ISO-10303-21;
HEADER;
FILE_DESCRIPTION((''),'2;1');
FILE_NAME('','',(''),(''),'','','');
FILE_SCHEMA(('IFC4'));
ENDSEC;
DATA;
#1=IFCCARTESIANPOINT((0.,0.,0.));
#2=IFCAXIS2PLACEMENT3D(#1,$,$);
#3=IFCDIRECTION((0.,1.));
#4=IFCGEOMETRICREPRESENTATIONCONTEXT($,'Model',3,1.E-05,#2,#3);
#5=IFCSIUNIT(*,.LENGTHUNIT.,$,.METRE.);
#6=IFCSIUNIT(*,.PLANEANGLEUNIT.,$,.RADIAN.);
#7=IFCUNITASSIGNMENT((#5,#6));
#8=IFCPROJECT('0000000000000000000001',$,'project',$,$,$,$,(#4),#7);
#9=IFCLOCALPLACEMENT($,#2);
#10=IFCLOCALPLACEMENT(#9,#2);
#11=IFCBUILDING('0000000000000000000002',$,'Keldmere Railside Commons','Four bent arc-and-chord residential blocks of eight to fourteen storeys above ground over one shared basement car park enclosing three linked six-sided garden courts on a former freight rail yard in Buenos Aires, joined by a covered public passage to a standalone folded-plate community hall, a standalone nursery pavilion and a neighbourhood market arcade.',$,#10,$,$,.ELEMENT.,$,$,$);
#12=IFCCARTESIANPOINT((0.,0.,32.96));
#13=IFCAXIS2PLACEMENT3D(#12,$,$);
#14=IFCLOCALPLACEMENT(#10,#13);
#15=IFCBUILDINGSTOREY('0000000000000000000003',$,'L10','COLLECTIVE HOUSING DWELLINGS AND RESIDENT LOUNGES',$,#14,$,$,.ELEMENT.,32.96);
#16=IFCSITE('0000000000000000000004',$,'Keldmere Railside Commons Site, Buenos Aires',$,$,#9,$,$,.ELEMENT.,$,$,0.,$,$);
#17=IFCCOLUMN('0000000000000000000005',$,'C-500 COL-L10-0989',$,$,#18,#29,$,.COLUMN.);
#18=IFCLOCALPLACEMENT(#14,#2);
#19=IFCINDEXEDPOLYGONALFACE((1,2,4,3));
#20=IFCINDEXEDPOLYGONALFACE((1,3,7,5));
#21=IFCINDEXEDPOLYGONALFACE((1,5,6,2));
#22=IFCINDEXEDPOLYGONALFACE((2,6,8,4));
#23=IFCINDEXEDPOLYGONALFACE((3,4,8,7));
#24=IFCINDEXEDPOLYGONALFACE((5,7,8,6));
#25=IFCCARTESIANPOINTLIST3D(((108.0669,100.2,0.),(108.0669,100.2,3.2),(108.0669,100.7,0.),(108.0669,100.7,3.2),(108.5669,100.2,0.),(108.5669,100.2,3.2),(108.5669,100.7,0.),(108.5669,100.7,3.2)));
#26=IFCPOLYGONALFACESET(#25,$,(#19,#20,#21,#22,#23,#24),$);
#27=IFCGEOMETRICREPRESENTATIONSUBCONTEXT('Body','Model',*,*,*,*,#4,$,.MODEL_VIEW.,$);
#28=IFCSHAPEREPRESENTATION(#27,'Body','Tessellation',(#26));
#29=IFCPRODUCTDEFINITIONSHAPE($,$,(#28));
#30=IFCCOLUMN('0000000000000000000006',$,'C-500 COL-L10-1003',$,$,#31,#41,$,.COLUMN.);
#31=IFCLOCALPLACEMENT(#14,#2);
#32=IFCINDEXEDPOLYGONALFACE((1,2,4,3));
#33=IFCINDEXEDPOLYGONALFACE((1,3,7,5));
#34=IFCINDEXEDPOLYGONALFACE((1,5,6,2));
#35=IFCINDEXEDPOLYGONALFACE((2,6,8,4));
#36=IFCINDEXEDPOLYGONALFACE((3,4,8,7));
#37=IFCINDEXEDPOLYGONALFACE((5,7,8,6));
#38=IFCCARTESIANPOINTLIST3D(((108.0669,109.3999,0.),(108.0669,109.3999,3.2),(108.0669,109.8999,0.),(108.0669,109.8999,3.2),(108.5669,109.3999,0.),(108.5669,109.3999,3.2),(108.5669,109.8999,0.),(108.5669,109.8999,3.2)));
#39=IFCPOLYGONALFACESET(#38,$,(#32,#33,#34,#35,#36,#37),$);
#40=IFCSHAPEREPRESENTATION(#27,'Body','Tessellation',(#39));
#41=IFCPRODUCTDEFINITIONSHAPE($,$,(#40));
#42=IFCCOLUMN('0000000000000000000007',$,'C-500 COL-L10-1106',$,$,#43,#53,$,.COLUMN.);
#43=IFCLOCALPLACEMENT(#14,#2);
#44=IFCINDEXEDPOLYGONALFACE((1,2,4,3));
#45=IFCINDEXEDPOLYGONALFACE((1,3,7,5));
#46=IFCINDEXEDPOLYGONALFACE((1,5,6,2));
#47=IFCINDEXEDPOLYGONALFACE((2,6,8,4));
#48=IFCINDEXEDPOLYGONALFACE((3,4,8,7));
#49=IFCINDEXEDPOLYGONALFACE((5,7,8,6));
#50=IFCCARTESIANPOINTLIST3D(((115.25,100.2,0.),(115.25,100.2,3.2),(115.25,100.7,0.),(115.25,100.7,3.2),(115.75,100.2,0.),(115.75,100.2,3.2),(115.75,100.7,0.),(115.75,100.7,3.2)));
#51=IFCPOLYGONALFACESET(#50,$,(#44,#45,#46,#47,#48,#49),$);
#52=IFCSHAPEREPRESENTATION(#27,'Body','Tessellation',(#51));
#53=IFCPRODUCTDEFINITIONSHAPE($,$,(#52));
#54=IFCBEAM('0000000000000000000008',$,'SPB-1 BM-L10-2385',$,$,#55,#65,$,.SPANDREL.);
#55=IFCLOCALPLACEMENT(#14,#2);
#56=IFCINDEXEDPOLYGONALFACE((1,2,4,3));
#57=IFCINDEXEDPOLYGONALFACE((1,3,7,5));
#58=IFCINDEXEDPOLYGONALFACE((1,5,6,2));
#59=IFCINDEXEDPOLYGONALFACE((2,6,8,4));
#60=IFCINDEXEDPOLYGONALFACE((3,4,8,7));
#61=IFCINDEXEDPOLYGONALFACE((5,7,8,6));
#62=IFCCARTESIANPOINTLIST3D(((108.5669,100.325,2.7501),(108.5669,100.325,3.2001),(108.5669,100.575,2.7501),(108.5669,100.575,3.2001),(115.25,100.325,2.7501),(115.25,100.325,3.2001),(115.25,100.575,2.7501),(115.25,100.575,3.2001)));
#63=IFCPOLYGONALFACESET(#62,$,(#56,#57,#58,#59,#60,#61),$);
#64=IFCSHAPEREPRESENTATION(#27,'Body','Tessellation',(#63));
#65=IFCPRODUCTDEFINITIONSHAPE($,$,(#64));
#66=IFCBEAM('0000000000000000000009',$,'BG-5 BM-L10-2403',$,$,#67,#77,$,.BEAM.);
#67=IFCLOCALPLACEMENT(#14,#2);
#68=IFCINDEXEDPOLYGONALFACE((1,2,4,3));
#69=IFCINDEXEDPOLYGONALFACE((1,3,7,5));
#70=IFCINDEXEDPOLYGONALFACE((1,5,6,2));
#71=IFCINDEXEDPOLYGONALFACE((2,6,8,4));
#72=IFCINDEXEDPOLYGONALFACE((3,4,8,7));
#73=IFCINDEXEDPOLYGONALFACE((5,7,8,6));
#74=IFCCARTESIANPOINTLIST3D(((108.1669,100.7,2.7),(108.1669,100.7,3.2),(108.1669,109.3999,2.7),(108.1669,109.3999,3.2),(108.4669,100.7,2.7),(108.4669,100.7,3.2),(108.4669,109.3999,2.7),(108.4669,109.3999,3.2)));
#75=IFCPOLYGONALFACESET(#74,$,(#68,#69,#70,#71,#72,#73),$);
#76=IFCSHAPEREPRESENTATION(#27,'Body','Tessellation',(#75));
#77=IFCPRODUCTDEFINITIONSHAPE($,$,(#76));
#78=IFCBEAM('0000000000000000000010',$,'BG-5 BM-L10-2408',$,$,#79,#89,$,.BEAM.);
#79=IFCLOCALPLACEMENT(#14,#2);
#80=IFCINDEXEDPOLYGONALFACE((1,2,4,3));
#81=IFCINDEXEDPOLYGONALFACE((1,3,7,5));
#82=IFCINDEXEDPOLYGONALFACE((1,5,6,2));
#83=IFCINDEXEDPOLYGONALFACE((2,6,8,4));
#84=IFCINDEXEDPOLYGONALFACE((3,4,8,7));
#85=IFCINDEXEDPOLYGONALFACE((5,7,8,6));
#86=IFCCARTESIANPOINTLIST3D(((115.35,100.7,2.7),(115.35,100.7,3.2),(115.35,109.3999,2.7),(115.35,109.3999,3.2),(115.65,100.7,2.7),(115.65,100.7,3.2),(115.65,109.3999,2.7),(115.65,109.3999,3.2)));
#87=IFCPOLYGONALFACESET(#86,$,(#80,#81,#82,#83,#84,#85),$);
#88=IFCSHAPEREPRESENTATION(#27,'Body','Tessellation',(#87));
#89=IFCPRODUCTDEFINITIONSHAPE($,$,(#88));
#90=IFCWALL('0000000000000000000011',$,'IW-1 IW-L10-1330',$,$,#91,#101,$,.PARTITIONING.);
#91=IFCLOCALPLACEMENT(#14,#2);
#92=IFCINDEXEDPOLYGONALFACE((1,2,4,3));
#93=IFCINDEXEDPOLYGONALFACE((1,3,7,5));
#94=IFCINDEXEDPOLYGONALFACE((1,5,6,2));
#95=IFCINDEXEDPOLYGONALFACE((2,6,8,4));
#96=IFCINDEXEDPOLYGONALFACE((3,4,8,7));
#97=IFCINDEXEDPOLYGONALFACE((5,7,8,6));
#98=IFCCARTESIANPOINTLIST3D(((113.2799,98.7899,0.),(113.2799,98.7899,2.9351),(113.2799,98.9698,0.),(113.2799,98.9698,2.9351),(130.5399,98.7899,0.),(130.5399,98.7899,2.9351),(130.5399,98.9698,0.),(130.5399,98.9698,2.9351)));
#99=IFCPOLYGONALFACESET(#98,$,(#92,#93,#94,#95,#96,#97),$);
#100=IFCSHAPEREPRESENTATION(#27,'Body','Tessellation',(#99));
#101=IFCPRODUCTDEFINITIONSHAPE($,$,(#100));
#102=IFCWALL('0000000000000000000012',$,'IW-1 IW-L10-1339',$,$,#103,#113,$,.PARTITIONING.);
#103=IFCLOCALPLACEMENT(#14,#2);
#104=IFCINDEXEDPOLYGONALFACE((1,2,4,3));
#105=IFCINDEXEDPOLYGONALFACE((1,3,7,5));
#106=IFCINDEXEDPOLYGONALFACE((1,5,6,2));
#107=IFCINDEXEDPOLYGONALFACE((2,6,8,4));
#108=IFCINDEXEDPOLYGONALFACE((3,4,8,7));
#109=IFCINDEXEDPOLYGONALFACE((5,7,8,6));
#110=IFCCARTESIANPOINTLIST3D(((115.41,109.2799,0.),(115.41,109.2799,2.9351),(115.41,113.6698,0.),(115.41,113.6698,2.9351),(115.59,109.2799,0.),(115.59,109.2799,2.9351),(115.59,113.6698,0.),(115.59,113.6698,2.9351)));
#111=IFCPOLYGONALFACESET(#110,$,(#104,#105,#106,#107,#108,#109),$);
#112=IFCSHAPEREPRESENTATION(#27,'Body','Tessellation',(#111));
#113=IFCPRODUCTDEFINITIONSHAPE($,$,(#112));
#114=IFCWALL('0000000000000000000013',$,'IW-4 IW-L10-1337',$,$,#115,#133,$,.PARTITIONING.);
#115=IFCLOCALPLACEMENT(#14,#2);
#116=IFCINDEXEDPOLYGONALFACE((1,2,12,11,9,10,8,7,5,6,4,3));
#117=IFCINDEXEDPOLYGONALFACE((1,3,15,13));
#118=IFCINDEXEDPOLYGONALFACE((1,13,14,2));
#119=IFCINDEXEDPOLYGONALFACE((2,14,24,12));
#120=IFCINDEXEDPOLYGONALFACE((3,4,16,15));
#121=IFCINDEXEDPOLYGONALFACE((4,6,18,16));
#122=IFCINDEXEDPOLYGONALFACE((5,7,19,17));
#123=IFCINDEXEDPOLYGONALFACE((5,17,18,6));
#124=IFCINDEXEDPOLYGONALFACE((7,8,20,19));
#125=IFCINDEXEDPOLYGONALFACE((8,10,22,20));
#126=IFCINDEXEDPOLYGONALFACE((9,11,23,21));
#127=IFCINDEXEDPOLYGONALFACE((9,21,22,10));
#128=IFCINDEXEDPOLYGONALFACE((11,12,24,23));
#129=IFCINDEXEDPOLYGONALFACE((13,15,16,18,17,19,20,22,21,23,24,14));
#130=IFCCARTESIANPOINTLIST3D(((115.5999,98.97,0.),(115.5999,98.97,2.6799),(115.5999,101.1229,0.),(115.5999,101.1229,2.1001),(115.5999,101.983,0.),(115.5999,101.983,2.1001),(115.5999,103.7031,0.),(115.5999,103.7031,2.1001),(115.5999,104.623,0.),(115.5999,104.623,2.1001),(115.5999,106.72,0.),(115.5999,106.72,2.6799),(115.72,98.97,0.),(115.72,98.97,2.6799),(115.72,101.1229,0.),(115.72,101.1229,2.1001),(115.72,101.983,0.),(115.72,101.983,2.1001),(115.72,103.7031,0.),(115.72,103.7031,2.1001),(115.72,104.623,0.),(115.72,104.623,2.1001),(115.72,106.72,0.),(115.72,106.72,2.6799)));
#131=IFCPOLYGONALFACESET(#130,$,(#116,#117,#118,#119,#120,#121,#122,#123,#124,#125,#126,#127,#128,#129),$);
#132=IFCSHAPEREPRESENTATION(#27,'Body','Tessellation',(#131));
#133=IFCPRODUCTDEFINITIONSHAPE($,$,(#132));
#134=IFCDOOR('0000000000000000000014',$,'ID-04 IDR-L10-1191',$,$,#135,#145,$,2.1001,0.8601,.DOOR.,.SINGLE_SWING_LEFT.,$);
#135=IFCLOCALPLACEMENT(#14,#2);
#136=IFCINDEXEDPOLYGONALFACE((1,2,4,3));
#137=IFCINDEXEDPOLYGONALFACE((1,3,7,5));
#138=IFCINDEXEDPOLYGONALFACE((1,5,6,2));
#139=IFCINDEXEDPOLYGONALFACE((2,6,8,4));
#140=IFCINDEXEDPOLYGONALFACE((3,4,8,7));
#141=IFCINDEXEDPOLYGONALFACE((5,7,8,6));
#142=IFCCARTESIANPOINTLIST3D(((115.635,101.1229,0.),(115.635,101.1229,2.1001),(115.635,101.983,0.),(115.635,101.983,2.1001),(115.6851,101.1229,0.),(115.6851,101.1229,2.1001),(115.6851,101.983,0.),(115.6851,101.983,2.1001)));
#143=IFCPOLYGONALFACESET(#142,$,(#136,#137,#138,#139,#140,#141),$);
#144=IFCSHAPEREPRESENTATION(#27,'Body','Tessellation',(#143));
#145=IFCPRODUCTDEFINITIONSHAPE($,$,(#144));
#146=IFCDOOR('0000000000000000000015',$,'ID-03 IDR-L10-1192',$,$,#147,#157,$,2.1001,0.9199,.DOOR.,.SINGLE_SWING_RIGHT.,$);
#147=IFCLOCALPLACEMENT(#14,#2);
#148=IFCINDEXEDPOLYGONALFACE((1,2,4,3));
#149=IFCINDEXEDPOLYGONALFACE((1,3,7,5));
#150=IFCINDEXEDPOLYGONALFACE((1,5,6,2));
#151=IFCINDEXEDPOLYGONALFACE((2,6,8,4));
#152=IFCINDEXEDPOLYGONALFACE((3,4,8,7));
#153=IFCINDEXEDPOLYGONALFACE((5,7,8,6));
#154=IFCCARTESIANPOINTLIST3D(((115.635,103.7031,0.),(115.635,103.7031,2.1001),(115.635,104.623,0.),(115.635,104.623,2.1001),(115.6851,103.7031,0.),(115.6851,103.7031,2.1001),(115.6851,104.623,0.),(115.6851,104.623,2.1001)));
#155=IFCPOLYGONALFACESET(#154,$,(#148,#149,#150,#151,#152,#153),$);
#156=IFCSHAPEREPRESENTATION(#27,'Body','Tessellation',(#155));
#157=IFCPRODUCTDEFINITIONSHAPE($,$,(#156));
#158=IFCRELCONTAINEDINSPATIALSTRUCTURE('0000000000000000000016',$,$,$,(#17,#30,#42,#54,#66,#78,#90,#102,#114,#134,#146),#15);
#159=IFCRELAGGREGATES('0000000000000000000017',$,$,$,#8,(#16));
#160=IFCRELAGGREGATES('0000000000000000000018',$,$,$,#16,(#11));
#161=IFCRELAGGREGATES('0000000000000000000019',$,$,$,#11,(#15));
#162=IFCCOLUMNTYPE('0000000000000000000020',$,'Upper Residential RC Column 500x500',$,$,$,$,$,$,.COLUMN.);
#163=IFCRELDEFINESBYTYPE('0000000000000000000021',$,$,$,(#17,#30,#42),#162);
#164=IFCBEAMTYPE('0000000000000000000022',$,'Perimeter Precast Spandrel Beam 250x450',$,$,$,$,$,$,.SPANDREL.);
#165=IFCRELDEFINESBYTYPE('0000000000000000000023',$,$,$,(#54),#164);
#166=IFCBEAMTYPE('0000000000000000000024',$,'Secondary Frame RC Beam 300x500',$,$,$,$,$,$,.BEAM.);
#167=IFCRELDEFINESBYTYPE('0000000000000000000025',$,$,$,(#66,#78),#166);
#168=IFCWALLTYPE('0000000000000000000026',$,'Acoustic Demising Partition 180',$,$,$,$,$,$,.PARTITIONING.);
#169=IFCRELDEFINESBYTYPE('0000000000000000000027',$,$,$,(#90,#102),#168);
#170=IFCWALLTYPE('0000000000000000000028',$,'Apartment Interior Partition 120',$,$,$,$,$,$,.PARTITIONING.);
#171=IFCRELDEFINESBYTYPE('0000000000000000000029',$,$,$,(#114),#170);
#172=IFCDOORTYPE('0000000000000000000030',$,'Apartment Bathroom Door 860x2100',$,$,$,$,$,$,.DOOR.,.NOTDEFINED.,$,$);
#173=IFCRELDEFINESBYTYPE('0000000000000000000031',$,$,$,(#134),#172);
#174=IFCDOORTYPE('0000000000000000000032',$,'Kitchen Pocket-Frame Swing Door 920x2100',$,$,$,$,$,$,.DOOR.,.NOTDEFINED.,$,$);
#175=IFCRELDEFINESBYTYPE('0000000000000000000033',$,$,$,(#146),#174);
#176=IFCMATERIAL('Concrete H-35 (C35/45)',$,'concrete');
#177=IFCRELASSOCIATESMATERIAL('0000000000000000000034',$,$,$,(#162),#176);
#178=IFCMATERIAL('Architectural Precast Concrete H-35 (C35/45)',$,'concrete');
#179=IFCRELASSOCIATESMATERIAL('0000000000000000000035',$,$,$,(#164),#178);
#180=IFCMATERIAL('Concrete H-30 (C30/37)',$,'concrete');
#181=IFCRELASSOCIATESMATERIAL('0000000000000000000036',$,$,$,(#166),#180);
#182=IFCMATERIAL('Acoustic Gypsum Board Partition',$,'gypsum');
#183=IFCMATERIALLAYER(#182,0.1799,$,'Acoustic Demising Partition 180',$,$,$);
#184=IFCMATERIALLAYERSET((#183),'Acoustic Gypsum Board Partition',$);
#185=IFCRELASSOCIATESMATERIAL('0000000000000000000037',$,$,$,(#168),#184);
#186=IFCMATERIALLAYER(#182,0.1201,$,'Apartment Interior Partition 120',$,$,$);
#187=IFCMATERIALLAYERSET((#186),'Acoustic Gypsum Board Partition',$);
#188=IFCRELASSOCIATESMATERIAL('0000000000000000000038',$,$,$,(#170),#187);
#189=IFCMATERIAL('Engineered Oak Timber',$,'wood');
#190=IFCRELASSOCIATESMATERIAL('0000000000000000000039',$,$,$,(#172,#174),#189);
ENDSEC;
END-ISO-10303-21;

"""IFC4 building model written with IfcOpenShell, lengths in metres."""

from ifc_helpers import new_model, si_unit, direction, frame, frame_2d, origin, origin_2d, place, context, subcontext, project, spatial, rectangle, extrude, material, layer, layer_set, material_profile, profile_set, type_object, element, fill, save


model = new_model("IFC4")

# Units and contexts
model_context = context("Model", 3, precision=1e-05, world=origin(), true_north=direction((0.0, 1.0)))
body_context = subcontext(model_context, "Body", "Model", "MODEL_VIEW")
ifc_project = project(units=[si_unit("LENGTHUNIT", "METRE"), si_unit("PLANEANGLEUNIT", "RADIAN")], contexts=[model_context])

# Site, building, storey
site_placement = place(None, origin())
site = spatial("IfcSite", under=ifc_project, at=site_placement, Name="Keldmere Railside Commons Site, Buenos Aires", CompositionType="ELEMENT", RefElevation=0.0)
building_placement = place(site_placement, origin())
building = spatial("IfcBuilding", under=site, at=building_placement, Name="Keldmere Railside Commons", Description="Four bent arc-and-chord residential blocks of eight to fourteen storeys above ground over one shared basement car park enclosing three linked six-sided garden courts on a former freight rail yard in Buenos Aires, joined by a covered public passage to a standalone folded-plate community hall, a standalone nursery pavilion and a neighbourhood market arcade.", CompositionType="ELEMENT")
storey_placement = place(building_placement, frame((0.0, 0.0, 32.96)))
storey = spatial("IfcBuildingStorey", under=building, at=storey_placement, Name="L10", Description="COLLECTIVE HOUSING DWELLINGS AND RESIDENT LOUNGES", CompositionType="ELEMENT", Elevation=32.96)

# Columns
ifc_material_1 = material(Name="Concrete H-35 (C35/45)", Category="concrete")
ifc_material_profile_1 = material_profile(ifc_material_1, rectangle(XDim=0.5, YDim=0.5, at=origin_2d()), Name="RC-500x500")
ifc_profile_set_1 = profile_set([ifc_material_profile_1], Name="Concrete H-35 (C35/45)")
column_type = type_object("IfcColumnType", Name="Upper Residential RC Column 500x500", PredefinedType="COLUMN", material=ifc_profile_set_1)
for number, where, z_axis, x_axis, name in (
    (1, (108.3169, 100.45, 0.0), (0.0, 0.0, 1.0), (1.0, 0.0, 0.0), "C-500 COL-L10-0989"),
    (2, (108.3169, 109.6499, 0.0), (0.0, 0.0, 1.0), (1.0, 0.0, 0.0), "C-500 COL-L10-1003"),
    (3, (115.5, 100.45, 0.0), (0.0, 0.0, 1.0), (1.0, 0.0, 0.0), "C-500 COL-L10-1106"),
):
    element("IfcColumn", number, at=place(storey_placement, frame(where, z_axis=z_axis, x_axis=x_axis)), inside=storey, type_object=column_type, Name=name, PredefinedType="COLUMN", context=body_context, shape_type="SweptSolid", body=[
        extrude(rectangle(XDim=0.5, YDim=0.5, at=origin_2d()), origin(), (0.0, 0.0, 1.0), 3.2),
    ])

# Beams
ifc_material_2 = material(Name="Architectural Precast Concrete H-35 (C35/45)", Category="concrete")
ifc_material_profile_2 = material_profile(ifc_material_2, rectangle(XDim=0.25, YDim=0.45, at=origin_2d()), Name="RC-250x450")
ifc_profile_set_2 = profile_set([ifc_material_profile_2], Name="Architectural Precast Concrete H-35 (C35/45)")
beam_type_1 = type_object("IfcBeamType", Name="Perimeter Precast Spandrel Beam 250x450", PredefinedType="SPANDREL", material=ifc_profile_set_2)
beam_placement = place(storey_placement, frame((108.5669, 100.45, 2.9751), z_axis=(1.0, 0.0, 0.0), x_axis=(0.0, 1.0, 0.0)))
element("IfcBeam", 4, at=beam_placement, inside=storey, type_object=beam_type_1, Name="SPB-1 BM-L10-2385", PredefinedType="SPANDREL", context=body_context, shape_type="SweptSolid", body=[
    extrude(rectangle(XDim=0.25, YDim=0.45, at=origin_2d()), origin(), (0.0, 0.0, 1.0), 6.6831),
])
ifc_material_3 = material(Name="Concrete H-30 (C30/37)", Category="concrete")
ifc_material_profile_3 = material_profile(ifc_material_3, rectangle(XDim=0.3, YDim=0.5, at=origin_2d()), Name="RC-300x500")
ifc_profile_set_3 = profile_set([ifc_material_profile_3], Name="Concrete H-30 (C30/37)")
beam_type_2 = type_object("IfcBeamType", Name="Secondary Frame RC Beam 300x500", PredefinedType="BEAM", material=ifc_profile_set_3)
for number, where, z_axis, x_axis, name in (
    (5, (108.3169, 100.7, 2.95), (0.0, 1.0, 0.0), (-1.0, 0.0, 0.0), "BG-5 BM-L10-2403"),
    (6, (115.5, 100.7, 2.95), (0.0, 1.0, 0.0), (-1.0, 0.0, 0.0), "BG-5 BM-L10-2408"),
):
    element("IfcBeam", number, at=place(storey_placement, frame(where, z_axis=z_axis, x_axis=x_axis)), inside=storey, type_object=beam_type_2, Name=name, PredefinedType="BEAM", context=body_context, shape_type="SweptSolid", body=[
        extrude(rectangle(XDim=0.3, YDim=0.5, at=origin_2d()), origin(), (0.0, 0.0, 1.0), 8.7),
    ])

# Walls
ifc_material_4 = material(Name="Acoustic Gypsum Board Partition", Category="gypsum")
ifc_layer_1 = layer(ifc_material_4, 0.1799, Name="Acoustic Demising Partition 180")
ifc_layer_set_1 = layer_set([ifc_layer_1], Name="Acoustic Gypsum Board Partition")
wall_type_1 = type_object("IfcWallType", Name="Acoustic Demising Partition 180", PredefinedType="PARTITIONING", material=ifc_layer_set_1)
wall_1_placement = place(storey_placement, frame((113.28, 98.8799, 0.0), z_axis=(0.0, 0.0, 1.0), x_axis=(1.0, 0.0, 0.0)))
element("IfcWall", 7, at=wall_1_placement, inside=storey, type_object=wall_type_1, Name="IW-1 IW-L10-1330", PredefinedType="PARTITIONING", context=body_context, shape_type="SweptSolid", body=[
    extrude(rectangle(XDim=17.26, YDim=0.1799, at=frame_2d((8.6299, 0.0))), origin(), (0.0, 0.0, 1.0), 2.9351),
])
wall_2_placement = place(storey_placement, frame((115.5, 109.28, 0.0), z_axis=(0.0, 0.0, 1.0), x_axis=(0.0, 1.0, 0.0)))
element("IfcWall", 8, at=wall_2_placement, inside=storey, type_object=wall_type_1, Name="IW-1 IW-L10-1339", PredefinedType="PARTITIONING", context=body_context, shape_type="SweptSolid", body=[
    extrude(rectangle(XDim=4.3899, YDim=0.1799, at=frame_2d((2.1948, 0.0))), origin(), (0.0, 0.0, 1.0), 2.9351),
])

# Wall, openings, doors
ifc_layer_2 = layer(ifc_material_4, 0.1201, Name="Apartment Interior Partition 120")
ifc_layer_set_2 = layer_set([ifc_layer_2], Name="Acoustic Gypsum Board Partition")
wall_type_2 = type_object("IfcWallType", Name="Apartment Interior Partition 120", PredefinedType="PARTITIONING", material=ifc_layer_set_2)
wall_3_placement = place(storey_placement, frame((115.6599, 98.97, 0.0), z_axis=(0.0, 0.0, 1.0), x_axis=(0.0, 1.0, 0.0)))
wall_3 = element("IfcWall", 9, at=wall_3_placement, inside=storey, type_object=wall_type_2, Name="IW-4 IW-L10-1337", PredefinedType="PARTITIONING", context=body_context, shape_type="SweptSolid", body=[
    extrude(rectangle(XDim=7.75, YDim=0.1201, at=frame_2d((3.875, 0.0))), origin(), (0.0, 0.0, 1.0), 2.6799),
])
opening_1_placement = place(wall_3_placement, frame((2.1528, 0.0, 0.0)))
opening_1 = element("IfcOpeningElement", 10, at=opening_1_placement, cuts=wall_3, PredefinedType="OPENING", context=body_context, shape_type="SweptSolid", body=[
    extrude(rectangle(XDim=0.8601, YDim=2.1001, at=frame_2d((0.4302, 1.05))), frame((0.0, 0.0701, 0.0), z_axis=(0.0, -1.0, 0.0), x_axis=(1.0, 0.0, 0.0)), (0.0, 0.0, 1.0), 0.1401),
])
opening_2_placement = place(wall_3_placement, frame((4.7332, 0.0, 0.0)))
opening_2 = element("IfcOpeningElement", 11, at=opening_2_placement, cuts=wall_3, PredefinedType="OPENING", context=body_context, shape_type="SweptSolid", body=[
    extrude(rectangle(XDim=0.9199, YDim=2.1001, at=frame_2d((0.46, 1.05))), frame((0.0, 0.0701, 0.0), z_axis=(0.0, -1.0, 0.0), x_axis=(1.0, 0.0, 0.0)), (0.0, 0.0, 1.0), 0.1401),
])
ifc_material_5 = material(Name="Engineered Oak Timber", Category="wood")
door_type_1 = type_object("IfcDoorType", Name="Apartment Bathroom Door 860x2100", OperationType="NOTDEFINED", PredefinedType="DOOR", material=ifc_material_5)
door_1_placement = place(opening_1_placement, origin())
door_1 = element("IfcDoor", 12, at=door_1_placement, inside=storey, type_object=door_type_1, Name="ID-04 IDR-L10-1191", OperationType="SINGLE_SWING_LEFT", OverallHeight=2.1001, OverallWidth=0.8601, PredefinedType="DOOR", context=body_context, shape_type="SweptSolid", body=[
    extrude(rectangle(XDim=0.8601, YDim=2.1001, at=frame_2d((0.4302, 1.05))), frame((0.0, 0.0249, 0.0), z_axis=(0.0, -1.0, 0.0), x_axis=(1.0, 0.0, 0.0)), (0.0, 0.0, 1.0), 0.05),
])
fill(opening_1, door_1)
door_type_2 = type_object("IfcDoorType", Name="Kitchen Pocket-Frame Swing Door 920x2100", OperationType="NOTDEFINED", PredefinedType="DOOR", material=ifc_material_5)
door_2_placement = place(opening_2_placement, origin())
door_2 = element("IfcDoor", 13, at=door_2_placement, inside=storey, type_object=door_type_2, Name="ID-03 IDR-L10-1192", OperationType="SINGLE_SWING_RIGHT", OverallHeight=2.1001, OverallWidth=0.9199, PredefinedType="DOOR", context=body_context, shape_type="SweptSolid", body=[
    extrude(rectangle(XDim=0.9199, YDim=2.1001, at=frame_2d((0.46, 1.05))), frame((0.0, 0.0249, 0.0), z_axis=(0.0, -1.0, 0.0), x_axis=(1.0, 0.0, 0.0)), (0.0, 0.0, 1.0), 0.05),
])
fill(opening_2, door_2)

save(model, "model.ifc")
